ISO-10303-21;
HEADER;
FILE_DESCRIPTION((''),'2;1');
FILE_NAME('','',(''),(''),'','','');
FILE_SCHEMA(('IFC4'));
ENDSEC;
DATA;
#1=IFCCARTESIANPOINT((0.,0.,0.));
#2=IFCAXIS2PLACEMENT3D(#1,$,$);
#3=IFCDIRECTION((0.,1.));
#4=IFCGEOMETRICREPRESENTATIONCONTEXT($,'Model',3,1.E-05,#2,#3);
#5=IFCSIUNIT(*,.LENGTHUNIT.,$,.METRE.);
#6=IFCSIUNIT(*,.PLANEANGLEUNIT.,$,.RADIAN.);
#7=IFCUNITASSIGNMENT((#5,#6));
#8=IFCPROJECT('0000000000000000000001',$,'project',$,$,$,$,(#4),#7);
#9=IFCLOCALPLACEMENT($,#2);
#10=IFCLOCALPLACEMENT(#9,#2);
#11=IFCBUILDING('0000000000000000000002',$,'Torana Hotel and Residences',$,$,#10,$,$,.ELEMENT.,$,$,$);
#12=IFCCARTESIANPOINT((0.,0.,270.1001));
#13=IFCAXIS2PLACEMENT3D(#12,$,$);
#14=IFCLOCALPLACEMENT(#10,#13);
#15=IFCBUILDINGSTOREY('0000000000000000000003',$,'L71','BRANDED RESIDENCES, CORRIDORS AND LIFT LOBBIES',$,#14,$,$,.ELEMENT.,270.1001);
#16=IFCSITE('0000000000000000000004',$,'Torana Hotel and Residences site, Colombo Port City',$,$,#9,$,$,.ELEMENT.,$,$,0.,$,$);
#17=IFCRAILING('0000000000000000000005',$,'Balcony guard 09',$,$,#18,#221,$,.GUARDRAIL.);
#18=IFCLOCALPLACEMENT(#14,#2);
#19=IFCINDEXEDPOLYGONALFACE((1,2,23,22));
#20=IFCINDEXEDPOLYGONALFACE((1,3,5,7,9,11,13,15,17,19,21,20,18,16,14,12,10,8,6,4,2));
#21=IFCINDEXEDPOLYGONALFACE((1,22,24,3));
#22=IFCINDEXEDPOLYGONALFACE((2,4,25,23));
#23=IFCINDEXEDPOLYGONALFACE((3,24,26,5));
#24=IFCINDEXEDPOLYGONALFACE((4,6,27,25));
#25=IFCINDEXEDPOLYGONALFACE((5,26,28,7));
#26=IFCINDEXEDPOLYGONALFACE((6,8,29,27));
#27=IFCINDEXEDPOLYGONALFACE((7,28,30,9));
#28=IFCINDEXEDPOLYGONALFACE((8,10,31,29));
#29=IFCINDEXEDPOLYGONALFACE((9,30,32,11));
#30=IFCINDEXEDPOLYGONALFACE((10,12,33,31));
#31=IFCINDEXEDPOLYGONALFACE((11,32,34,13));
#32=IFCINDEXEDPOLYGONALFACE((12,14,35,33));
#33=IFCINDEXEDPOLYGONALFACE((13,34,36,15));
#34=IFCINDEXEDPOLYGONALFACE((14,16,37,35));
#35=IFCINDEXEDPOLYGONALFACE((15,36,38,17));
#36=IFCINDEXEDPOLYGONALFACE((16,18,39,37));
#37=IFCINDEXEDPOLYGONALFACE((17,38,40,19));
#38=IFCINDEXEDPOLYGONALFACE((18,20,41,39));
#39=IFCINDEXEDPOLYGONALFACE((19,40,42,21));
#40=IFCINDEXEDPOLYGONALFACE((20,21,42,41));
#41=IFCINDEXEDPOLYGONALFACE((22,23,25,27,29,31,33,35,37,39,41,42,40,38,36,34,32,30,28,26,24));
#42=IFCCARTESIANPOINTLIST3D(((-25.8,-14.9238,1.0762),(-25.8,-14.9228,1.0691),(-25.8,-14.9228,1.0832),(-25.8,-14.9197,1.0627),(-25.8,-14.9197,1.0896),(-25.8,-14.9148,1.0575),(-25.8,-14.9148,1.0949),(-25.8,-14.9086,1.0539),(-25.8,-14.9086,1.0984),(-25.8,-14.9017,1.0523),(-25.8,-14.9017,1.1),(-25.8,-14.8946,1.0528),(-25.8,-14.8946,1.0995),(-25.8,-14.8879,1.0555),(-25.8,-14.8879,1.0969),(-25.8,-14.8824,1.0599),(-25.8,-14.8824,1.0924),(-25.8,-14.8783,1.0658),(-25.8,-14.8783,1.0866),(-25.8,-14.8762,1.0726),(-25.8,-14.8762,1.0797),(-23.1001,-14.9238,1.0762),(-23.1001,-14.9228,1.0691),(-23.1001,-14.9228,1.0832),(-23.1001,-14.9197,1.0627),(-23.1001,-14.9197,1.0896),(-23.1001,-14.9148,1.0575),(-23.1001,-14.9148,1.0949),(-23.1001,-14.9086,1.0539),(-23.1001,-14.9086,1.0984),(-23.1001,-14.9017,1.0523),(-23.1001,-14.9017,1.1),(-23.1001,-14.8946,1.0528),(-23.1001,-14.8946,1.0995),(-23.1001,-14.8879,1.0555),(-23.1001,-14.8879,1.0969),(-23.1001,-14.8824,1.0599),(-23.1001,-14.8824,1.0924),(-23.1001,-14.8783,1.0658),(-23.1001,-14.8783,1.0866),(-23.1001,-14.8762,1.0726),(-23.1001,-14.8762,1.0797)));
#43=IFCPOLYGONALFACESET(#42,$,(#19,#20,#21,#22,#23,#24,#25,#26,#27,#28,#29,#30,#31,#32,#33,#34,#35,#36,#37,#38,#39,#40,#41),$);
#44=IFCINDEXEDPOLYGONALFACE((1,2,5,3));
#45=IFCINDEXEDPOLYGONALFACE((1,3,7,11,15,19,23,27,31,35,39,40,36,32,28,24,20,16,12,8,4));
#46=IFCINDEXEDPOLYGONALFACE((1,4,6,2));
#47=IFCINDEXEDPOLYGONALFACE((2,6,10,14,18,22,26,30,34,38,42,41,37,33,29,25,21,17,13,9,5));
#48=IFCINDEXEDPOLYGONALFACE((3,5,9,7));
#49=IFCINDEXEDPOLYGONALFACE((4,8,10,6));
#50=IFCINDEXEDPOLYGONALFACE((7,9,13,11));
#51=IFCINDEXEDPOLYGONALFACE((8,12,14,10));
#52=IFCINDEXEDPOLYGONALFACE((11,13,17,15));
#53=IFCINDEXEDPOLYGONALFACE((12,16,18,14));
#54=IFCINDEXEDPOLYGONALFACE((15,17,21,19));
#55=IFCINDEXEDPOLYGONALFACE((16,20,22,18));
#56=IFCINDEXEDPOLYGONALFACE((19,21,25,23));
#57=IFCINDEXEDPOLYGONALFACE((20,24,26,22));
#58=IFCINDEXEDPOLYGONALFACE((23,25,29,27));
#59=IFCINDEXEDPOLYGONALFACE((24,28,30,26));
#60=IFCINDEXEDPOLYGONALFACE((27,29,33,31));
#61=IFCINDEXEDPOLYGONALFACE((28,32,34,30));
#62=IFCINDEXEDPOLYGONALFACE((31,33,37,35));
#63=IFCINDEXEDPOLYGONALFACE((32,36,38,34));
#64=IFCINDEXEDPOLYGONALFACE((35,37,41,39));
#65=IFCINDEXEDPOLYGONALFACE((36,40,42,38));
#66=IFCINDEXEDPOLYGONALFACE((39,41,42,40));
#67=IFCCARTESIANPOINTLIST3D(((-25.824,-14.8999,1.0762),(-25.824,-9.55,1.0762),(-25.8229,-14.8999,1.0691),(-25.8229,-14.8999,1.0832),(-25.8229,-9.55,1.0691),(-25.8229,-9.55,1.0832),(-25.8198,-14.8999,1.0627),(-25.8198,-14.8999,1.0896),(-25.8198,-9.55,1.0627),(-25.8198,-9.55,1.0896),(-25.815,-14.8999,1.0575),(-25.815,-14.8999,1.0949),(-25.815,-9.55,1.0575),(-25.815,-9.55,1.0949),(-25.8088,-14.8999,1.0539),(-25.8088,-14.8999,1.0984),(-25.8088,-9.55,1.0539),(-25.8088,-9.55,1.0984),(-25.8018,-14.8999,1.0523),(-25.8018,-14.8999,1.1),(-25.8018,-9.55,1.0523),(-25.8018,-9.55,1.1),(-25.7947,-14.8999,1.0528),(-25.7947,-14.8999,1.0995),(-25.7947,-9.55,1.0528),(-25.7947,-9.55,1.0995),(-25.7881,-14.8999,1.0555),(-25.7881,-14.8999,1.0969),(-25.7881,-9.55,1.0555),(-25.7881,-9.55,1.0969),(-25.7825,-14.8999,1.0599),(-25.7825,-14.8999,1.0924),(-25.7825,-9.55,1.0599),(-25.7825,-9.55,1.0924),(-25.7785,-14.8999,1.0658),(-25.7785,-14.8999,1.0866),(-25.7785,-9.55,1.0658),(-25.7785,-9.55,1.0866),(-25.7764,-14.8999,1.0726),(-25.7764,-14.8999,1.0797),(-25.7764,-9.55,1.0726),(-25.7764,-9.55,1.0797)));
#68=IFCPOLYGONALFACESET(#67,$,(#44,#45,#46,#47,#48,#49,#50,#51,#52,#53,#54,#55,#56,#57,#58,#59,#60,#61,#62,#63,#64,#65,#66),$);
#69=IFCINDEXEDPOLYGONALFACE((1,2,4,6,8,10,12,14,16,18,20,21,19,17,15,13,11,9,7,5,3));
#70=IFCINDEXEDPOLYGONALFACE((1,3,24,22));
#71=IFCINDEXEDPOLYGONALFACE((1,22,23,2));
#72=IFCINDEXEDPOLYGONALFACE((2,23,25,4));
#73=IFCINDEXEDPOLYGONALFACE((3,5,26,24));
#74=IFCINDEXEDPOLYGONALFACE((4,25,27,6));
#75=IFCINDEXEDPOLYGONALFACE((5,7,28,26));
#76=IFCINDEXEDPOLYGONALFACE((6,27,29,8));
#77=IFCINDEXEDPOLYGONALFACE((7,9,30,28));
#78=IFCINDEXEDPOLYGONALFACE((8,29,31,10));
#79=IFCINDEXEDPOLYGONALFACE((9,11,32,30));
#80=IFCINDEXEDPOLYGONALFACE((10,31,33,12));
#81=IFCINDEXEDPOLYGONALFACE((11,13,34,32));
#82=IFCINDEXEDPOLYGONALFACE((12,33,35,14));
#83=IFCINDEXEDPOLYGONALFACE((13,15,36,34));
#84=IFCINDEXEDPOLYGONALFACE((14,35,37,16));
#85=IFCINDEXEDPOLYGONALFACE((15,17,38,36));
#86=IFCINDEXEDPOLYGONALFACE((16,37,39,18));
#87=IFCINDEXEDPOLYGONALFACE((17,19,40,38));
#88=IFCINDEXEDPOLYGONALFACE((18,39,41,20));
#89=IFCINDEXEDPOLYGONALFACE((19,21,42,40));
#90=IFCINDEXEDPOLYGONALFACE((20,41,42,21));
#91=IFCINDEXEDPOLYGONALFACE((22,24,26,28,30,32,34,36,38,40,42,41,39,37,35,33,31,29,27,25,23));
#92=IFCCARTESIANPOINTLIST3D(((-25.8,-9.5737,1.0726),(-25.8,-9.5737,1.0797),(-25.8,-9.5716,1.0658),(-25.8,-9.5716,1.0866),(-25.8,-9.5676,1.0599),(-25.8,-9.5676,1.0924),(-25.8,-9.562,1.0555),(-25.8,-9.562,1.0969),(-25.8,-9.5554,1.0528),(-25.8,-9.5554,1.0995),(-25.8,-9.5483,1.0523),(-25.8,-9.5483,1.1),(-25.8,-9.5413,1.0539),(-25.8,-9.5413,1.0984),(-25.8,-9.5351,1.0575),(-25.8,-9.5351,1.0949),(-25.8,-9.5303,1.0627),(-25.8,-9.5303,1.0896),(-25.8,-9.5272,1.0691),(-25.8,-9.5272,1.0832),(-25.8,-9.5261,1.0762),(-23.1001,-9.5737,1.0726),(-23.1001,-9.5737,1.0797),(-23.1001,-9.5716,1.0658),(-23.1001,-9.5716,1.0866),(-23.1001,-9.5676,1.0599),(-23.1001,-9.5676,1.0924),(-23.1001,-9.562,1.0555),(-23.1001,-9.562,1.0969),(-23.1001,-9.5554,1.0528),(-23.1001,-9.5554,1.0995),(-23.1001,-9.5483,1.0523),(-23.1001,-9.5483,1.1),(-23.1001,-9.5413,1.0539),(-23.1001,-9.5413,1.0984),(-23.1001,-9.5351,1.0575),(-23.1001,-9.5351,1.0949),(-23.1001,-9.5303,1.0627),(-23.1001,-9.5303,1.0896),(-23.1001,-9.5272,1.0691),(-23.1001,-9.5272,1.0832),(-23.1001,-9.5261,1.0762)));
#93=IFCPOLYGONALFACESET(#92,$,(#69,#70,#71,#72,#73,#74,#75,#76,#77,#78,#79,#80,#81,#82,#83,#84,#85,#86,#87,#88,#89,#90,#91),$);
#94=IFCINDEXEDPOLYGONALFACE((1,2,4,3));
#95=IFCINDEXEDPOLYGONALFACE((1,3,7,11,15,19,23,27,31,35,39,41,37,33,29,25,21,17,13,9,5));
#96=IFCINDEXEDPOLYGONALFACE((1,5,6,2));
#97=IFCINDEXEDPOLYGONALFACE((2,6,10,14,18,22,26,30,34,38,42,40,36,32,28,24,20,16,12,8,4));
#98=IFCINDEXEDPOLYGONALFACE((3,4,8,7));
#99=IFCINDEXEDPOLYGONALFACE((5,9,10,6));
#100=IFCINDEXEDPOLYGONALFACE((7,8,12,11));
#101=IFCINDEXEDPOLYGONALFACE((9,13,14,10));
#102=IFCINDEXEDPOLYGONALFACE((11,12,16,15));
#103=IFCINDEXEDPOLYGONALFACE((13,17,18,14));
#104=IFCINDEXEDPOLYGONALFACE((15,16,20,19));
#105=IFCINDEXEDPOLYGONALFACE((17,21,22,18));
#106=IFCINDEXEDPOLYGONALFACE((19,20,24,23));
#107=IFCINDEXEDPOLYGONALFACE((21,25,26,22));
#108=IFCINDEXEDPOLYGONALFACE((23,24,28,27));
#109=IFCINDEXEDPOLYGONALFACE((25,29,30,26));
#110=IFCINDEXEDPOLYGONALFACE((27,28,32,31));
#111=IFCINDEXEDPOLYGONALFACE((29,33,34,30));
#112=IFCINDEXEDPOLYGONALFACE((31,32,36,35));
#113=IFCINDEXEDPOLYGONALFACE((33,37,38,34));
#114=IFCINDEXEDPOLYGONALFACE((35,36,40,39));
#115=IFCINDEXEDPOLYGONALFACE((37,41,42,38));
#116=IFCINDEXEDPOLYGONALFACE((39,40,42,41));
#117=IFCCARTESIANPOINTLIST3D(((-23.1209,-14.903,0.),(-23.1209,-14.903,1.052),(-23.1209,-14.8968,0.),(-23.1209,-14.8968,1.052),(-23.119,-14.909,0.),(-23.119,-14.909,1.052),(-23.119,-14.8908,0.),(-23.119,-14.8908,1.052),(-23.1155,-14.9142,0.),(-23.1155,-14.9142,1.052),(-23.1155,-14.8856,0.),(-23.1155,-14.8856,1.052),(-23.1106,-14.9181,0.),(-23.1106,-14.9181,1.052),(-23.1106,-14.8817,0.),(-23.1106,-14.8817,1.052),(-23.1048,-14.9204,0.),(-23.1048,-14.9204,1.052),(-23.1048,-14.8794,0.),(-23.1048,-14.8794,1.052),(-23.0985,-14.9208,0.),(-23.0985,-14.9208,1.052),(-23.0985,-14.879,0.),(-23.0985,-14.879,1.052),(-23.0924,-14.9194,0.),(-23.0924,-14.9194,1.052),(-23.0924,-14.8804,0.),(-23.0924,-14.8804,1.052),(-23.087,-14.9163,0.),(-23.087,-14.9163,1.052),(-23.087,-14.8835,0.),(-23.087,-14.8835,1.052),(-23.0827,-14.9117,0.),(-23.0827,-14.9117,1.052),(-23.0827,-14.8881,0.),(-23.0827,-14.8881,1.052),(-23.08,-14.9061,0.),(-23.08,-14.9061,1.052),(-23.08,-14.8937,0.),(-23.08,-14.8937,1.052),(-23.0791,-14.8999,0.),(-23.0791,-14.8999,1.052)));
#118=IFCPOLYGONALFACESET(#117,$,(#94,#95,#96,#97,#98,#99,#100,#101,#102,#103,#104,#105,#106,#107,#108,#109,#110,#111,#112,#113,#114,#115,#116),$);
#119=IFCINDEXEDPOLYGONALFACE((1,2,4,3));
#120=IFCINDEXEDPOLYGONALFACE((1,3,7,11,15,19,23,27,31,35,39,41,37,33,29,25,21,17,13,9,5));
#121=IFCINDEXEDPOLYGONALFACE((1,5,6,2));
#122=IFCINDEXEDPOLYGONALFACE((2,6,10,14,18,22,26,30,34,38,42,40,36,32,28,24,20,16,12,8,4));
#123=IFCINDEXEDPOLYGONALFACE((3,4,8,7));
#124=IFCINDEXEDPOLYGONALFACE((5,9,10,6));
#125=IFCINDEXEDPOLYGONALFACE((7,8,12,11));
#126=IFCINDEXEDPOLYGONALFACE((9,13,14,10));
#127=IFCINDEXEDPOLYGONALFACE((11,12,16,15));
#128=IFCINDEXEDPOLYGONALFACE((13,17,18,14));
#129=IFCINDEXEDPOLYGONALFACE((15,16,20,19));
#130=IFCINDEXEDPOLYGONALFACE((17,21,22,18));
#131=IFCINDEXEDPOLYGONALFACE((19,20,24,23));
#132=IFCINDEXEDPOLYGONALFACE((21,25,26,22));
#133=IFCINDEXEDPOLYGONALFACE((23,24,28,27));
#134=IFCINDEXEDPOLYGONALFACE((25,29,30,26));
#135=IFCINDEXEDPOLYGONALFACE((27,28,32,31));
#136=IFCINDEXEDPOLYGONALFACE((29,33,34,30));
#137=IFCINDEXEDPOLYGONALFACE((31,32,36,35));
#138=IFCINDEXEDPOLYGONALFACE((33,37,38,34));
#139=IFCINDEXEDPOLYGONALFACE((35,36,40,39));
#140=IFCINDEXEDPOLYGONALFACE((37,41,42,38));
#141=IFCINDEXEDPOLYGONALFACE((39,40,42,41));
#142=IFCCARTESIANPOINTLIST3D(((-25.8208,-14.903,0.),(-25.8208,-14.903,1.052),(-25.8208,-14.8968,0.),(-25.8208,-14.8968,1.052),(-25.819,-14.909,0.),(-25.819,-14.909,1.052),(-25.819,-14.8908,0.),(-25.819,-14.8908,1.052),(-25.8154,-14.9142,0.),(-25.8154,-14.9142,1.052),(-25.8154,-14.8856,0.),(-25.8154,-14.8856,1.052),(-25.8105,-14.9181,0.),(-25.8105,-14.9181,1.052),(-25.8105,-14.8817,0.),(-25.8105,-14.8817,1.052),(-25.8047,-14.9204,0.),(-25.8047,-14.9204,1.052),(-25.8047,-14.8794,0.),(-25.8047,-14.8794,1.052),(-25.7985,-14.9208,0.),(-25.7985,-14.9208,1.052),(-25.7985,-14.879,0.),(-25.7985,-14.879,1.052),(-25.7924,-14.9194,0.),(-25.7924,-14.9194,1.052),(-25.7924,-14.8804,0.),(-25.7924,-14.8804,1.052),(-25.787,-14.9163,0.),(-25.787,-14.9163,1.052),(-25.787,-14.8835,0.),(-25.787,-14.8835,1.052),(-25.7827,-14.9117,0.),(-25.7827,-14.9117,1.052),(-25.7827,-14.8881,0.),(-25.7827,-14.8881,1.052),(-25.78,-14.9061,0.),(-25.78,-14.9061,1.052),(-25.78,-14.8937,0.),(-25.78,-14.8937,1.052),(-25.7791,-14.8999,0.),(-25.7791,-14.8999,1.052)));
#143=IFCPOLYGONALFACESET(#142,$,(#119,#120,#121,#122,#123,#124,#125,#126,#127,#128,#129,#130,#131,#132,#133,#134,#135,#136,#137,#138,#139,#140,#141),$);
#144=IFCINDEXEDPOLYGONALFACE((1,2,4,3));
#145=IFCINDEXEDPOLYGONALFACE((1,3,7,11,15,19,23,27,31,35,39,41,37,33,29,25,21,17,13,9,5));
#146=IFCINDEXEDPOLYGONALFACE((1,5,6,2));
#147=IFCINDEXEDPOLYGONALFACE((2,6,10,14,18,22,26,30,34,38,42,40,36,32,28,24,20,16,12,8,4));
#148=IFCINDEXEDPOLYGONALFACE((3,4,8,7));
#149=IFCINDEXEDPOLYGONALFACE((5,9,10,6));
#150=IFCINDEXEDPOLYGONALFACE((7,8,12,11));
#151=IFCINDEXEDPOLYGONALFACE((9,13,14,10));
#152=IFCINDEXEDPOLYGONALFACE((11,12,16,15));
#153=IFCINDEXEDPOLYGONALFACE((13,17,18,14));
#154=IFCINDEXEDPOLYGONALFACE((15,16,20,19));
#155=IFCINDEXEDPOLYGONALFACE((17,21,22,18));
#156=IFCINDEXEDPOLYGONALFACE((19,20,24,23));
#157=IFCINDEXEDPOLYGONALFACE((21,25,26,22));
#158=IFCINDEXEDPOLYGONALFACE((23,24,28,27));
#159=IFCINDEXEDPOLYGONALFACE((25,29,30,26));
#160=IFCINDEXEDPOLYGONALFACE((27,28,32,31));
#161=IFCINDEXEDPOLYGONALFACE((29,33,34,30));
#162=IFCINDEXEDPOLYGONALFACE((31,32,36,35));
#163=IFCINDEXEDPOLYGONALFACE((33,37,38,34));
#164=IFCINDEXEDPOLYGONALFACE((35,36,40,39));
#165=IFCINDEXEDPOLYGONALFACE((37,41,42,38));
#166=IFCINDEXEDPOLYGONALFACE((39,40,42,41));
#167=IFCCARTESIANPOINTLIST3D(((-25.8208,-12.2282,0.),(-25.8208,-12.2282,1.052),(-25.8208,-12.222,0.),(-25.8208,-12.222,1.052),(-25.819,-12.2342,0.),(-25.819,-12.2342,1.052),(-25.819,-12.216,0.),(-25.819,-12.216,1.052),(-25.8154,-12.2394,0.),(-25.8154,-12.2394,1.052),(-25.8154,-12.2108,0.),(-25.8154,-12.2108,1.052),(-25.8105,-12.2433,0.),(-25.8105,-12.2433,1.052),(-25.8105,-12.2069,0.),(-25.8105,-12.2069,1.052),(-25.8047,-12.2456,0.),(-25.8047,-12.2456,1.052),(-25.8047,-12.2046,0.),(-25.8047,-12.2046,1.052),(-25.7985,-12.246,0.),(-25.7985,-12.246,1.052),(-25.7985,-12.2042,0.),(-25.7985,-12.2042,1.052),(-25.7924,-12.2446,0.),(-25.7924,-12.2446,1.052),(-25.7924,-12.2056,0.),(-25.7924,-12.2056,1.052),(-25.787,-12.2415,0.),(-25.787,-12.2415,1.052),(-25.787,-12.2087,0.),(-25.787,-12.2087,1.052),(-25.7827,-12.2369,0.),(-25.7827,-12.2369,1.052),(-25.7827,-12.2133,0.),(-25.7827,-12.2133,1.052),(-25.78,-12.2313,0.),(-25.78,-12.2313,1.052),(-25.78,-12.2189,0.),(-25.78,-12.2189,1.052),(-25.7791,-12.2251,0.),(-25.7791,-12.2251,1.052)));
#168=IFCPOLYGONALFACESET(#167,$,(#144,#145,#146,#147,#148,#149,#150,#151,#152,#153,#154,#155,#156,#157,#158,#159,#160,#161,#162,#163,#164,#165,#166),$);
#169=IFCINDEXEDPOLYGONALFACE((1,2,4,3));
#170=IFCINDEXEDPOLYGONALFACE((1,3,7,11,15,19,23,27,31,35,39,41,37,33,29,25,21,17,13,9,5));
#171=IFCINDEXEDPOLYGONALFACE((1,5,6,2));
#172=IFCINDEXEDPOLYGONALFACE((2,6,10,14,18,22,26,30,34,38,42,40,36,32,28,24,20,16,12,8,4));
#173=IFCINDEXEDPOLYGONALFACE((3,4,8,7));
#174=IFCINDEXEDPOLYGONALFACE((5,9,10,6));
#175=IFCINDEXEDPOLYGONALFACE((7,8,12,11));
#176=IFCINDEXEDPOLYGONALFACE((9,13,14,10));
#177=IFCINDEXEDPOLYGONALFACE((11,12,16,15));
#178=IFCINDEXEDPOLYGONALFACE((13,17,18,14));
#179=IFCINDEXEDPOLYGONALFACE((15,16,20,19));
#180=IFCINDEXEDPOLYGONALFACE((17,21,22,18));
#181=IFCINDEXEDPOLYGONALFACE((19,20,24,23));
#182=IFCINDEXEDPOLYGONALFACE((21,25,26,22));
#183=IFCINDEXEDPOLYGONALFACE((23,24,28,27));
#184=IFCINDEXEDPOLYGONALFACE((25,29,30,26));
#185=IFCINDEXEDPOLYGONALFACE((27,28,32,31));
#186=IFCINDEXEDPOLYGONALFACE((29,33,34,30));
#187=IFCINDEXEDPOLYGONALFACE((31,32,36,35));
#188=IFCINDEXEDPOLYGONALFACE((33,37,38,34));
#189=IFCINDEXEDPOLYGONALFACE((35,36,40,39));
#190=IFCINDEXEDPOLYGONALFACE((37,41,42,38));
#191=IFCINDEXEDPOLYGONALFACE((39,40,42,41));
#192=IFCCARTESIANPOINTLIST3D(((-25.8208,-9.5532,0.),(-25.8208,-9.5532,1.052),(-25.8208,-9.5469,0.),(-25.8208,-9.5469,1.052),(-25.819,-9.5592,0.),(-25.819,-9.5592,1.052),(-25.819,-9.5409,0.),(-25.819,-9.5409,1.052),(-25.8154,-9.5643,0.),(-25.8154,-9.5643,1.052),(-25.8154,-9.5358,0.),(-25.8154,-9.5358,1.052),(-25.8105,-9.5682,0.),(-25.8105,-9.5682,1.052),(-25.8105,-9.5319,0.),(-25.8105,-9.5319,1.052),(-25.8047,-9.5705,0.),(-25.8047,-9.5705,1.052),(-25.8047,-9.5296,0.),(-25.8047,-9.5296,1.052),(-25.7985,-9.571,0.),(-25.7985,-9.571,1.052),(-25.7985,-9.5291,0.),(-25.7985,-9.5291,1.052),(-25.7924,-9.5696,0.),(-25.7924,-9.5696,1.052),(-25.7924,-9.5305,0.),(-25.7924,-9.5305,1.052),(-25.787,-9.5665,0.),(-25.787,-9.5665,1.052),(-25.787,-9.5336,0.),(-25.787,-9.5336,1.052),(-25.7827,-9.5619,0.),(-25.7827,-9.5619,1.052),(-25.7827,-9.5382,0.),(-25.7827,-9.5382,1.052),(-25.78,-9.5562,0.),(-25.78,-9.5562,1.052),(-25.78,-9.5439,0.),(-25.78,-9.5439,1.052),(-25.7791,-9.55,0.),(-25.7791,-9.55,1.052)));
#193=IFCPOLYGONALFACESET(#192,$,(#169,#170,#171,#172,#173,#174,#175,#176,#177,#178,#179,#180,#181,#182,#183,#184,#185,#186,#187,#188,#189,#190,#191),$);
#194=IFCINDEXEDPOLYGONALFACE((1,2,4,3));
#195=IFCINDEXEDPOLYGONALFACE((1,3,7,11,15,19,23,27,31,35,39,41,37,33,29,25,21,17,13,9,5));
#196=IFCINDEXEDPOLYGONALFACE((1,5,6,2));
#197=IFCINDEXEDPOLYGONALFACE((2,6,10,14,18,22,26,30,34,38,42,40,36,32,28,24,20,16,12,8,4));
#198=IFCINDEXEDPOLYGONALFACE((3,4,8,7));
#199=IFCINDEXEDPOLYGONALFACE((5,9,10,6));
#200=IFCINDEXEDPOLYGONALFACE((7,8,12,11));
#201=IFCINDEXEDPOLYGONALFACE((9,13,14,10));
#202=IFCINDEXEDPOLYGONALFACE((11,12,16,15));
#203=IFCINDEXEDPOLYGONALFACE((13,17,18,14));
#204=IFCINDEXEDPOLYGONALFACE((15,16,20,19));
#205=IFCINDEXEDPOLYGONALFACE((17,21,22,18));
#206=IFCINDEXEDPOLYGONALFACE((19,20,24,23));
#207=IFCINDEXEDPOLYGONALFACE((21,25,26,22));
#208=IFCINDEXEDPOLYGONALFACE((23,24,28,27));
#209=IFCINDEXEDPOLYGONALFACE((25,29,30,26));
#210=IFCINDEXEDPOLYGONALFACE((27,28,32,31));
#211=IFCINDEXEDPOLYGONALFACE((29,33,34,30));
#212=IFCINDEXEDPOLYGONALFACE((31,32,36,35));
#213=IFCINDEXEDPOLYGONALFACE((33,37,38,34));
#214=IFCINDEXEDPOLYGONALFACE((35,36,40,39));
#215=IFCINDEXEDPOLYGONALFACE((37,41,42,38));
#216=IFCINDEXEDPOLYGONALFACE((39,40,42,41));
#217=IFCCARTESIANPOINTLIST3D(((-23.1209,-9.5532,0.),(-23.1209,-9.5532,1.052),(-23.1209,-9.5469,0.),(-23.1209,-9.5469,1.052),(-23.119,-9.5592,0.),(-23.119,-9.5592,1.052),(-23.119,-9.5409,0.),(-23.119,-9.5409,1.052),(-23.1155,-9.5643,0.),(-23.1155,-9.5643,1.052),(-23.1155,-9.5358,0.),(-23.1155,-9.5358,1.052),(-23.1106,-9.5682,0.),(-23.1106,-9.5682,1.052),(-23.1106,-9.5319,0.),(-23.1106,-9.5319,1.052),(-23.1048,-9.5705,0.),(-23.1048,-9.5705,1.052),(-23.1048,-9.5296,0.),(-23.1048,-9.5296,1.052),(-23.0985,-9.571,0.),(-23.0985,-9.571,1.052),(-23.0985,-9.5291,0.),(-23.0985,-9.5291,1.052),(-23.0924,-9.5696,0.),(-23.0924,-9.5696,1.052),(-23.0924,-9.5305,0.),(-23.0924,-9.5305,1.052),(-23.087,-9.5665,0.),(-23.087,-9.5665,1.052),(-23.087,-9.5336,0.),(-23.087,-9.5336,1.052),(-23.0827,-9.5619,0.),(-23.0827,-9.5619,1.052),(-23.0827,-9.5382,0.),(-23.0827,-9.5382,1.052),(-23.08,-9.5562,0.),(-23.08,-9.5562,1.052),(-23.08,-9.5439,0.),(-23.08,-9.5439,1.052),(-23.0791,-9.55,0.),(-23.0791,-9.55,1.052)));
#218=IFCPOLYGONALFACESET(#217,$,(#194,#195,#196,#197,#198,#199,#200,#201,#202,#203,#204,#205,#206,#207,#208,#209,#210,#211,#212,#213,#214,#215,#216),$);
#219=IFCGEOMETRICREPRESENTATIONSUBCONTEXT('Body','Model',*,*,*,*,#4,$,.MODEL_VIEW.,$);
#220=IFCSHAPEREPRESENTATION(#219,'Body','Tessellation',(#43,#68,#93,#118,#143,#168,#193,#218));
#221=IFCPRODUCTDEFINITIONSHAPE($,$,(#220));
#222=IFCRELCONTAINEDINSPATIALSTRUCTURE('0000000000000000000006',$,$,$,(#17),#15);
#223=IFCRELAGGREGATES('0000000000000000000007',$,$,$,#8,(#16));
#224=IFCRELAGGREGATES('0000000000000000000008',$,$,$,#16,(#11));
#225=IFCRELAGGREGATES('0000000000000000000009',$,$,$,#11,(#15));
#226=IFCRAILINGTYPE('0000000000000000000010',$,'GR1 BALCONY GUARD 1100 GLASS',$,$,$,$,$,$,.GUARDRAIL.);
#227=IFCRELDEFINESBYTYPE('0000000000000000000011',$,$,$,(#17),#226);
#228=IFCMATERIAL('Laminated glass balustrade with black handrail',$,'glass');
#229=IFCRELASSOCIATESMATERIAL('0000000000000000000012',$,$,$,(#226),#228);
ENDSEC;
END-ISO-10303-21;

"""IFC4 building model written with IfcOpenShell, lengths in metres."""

from ifc_helpers import new_model, si_unit, direction, frame, origin, origin_2d, place, context, subcontext, project, spatial, circle, extrude, material, type_object, element, save


model = new_model("IFC4")

# Units and contexts
model_context = context("Model", 3, precision=1e-05, world=origin(), true_north=direction((0.0, 1.0)))
body_context = subcontext(model_context, "Body", "Model", "MODEL_VIEW")
ifc_project = project(units=[si_unit("LENGTHUNIT", "METRE"), si_unit("PLANEANGLEUNIT", "RADIAN")], contexts=[model_context])

# Site, building, storey
site_placement = place(None, origin())
site = spatial("IfcSite", under=ifc_project, at=site_placement, Name="Torana Hotel and Residences site, Colombo Port City", CompositionType="ELEMENT", RefElevation=0.0)
building_placement = place(site_placement, origin())
building = spatial("IfcBuilding", under=site, at=building_placement, Name="Torana Hotel and Residences", CompositionType="ELEMENT")
storey_placement = place(building_placement, frame((0.0, 0.0, 270.1001)))
storey = spatial("IfcBuildingStorey", under=building, at=storey_placement, Name="L71", Description="BRANDED RESIDENCES, CORRIDORS AND LIFT LOBBIES", CompositionType="ELEMENT", Elevation=270.1001)

# Railing
ifc_material_1 = material(Name="Laminated glass balustrade with black handrail", Category="glass")
railing_type = type_object("IfcRailingType", Name="GR1 BALCONY GUARD 1100 GLASS", PredefinedType="GUARDRAIL", material=ifc_material_1)
railing_1_placement = place(storey_placement, frame((-23.1001, -14.8999, 0.0)))
element("IfcRailing", 1, at=railing_1_placement, inside=storey, type_object=railing_type, Name="Balcony guard 09", PredefinedType="GUARDRAIL", context=body_context, shape_type="SweptSolid", body=[
    extrude(circle(Radius=0.0239, at=origin_2d()), frame((0.0, 0.0, 1.0762), z_axis=(-1.0, 0.0, 0.0), x_axis=(0.0, -1.0, 0.0)), (0.0, 0.0, 1.0), 2.7),
    extrude(circle(Radius=0.0239, at=origin_2d()), frame((-2.7, 0.0, 1.0762), z_axis=(0.0, 1.0, 0.0), x_axis=(-1.0, 0.0, 0.0)), (0.0, 0.0, 1.0), 5.3499),
    extrude(circle(Radius=0.0239, at=origin_2d()), frame((-2.7, 5.3499, 1.0762), z_axis=(1.0, 0.0, 0.0), x_axis=(0.0, 1.0, 0.0)), (0.0, 0.0, 1.0), 2.7),
    extrude(circle(Radius=0.021, at=origin_2d()), origin(), (0.0, 0.0, 1.0), 1.052),
    extrude(circle(Radius=0.021, at=origin_2d()), frame((-2.7, 0.0, 0.0)), (0.0, 0.0, 1.0), 1.052),
    extrude(circle(Radius=0.021, at=origin_2d()), frame((-2.7, 2.6748, 0.0)), (0.0, 0.0, 1.0), 1.052),
    extrude(circle(Radius=0.021, at=origin_2d()), frame((-2.7, 5.3499, 0.0)), (0.0, 0.0, 1.0), 1.052),
    extrude(circle(Radius=0.021, at=origin_2d()), frame((0.0, 5.3499, 0.0)), (0.0, 0.0, 1.0), 1.052),
])

save(model, "model.ifc")
